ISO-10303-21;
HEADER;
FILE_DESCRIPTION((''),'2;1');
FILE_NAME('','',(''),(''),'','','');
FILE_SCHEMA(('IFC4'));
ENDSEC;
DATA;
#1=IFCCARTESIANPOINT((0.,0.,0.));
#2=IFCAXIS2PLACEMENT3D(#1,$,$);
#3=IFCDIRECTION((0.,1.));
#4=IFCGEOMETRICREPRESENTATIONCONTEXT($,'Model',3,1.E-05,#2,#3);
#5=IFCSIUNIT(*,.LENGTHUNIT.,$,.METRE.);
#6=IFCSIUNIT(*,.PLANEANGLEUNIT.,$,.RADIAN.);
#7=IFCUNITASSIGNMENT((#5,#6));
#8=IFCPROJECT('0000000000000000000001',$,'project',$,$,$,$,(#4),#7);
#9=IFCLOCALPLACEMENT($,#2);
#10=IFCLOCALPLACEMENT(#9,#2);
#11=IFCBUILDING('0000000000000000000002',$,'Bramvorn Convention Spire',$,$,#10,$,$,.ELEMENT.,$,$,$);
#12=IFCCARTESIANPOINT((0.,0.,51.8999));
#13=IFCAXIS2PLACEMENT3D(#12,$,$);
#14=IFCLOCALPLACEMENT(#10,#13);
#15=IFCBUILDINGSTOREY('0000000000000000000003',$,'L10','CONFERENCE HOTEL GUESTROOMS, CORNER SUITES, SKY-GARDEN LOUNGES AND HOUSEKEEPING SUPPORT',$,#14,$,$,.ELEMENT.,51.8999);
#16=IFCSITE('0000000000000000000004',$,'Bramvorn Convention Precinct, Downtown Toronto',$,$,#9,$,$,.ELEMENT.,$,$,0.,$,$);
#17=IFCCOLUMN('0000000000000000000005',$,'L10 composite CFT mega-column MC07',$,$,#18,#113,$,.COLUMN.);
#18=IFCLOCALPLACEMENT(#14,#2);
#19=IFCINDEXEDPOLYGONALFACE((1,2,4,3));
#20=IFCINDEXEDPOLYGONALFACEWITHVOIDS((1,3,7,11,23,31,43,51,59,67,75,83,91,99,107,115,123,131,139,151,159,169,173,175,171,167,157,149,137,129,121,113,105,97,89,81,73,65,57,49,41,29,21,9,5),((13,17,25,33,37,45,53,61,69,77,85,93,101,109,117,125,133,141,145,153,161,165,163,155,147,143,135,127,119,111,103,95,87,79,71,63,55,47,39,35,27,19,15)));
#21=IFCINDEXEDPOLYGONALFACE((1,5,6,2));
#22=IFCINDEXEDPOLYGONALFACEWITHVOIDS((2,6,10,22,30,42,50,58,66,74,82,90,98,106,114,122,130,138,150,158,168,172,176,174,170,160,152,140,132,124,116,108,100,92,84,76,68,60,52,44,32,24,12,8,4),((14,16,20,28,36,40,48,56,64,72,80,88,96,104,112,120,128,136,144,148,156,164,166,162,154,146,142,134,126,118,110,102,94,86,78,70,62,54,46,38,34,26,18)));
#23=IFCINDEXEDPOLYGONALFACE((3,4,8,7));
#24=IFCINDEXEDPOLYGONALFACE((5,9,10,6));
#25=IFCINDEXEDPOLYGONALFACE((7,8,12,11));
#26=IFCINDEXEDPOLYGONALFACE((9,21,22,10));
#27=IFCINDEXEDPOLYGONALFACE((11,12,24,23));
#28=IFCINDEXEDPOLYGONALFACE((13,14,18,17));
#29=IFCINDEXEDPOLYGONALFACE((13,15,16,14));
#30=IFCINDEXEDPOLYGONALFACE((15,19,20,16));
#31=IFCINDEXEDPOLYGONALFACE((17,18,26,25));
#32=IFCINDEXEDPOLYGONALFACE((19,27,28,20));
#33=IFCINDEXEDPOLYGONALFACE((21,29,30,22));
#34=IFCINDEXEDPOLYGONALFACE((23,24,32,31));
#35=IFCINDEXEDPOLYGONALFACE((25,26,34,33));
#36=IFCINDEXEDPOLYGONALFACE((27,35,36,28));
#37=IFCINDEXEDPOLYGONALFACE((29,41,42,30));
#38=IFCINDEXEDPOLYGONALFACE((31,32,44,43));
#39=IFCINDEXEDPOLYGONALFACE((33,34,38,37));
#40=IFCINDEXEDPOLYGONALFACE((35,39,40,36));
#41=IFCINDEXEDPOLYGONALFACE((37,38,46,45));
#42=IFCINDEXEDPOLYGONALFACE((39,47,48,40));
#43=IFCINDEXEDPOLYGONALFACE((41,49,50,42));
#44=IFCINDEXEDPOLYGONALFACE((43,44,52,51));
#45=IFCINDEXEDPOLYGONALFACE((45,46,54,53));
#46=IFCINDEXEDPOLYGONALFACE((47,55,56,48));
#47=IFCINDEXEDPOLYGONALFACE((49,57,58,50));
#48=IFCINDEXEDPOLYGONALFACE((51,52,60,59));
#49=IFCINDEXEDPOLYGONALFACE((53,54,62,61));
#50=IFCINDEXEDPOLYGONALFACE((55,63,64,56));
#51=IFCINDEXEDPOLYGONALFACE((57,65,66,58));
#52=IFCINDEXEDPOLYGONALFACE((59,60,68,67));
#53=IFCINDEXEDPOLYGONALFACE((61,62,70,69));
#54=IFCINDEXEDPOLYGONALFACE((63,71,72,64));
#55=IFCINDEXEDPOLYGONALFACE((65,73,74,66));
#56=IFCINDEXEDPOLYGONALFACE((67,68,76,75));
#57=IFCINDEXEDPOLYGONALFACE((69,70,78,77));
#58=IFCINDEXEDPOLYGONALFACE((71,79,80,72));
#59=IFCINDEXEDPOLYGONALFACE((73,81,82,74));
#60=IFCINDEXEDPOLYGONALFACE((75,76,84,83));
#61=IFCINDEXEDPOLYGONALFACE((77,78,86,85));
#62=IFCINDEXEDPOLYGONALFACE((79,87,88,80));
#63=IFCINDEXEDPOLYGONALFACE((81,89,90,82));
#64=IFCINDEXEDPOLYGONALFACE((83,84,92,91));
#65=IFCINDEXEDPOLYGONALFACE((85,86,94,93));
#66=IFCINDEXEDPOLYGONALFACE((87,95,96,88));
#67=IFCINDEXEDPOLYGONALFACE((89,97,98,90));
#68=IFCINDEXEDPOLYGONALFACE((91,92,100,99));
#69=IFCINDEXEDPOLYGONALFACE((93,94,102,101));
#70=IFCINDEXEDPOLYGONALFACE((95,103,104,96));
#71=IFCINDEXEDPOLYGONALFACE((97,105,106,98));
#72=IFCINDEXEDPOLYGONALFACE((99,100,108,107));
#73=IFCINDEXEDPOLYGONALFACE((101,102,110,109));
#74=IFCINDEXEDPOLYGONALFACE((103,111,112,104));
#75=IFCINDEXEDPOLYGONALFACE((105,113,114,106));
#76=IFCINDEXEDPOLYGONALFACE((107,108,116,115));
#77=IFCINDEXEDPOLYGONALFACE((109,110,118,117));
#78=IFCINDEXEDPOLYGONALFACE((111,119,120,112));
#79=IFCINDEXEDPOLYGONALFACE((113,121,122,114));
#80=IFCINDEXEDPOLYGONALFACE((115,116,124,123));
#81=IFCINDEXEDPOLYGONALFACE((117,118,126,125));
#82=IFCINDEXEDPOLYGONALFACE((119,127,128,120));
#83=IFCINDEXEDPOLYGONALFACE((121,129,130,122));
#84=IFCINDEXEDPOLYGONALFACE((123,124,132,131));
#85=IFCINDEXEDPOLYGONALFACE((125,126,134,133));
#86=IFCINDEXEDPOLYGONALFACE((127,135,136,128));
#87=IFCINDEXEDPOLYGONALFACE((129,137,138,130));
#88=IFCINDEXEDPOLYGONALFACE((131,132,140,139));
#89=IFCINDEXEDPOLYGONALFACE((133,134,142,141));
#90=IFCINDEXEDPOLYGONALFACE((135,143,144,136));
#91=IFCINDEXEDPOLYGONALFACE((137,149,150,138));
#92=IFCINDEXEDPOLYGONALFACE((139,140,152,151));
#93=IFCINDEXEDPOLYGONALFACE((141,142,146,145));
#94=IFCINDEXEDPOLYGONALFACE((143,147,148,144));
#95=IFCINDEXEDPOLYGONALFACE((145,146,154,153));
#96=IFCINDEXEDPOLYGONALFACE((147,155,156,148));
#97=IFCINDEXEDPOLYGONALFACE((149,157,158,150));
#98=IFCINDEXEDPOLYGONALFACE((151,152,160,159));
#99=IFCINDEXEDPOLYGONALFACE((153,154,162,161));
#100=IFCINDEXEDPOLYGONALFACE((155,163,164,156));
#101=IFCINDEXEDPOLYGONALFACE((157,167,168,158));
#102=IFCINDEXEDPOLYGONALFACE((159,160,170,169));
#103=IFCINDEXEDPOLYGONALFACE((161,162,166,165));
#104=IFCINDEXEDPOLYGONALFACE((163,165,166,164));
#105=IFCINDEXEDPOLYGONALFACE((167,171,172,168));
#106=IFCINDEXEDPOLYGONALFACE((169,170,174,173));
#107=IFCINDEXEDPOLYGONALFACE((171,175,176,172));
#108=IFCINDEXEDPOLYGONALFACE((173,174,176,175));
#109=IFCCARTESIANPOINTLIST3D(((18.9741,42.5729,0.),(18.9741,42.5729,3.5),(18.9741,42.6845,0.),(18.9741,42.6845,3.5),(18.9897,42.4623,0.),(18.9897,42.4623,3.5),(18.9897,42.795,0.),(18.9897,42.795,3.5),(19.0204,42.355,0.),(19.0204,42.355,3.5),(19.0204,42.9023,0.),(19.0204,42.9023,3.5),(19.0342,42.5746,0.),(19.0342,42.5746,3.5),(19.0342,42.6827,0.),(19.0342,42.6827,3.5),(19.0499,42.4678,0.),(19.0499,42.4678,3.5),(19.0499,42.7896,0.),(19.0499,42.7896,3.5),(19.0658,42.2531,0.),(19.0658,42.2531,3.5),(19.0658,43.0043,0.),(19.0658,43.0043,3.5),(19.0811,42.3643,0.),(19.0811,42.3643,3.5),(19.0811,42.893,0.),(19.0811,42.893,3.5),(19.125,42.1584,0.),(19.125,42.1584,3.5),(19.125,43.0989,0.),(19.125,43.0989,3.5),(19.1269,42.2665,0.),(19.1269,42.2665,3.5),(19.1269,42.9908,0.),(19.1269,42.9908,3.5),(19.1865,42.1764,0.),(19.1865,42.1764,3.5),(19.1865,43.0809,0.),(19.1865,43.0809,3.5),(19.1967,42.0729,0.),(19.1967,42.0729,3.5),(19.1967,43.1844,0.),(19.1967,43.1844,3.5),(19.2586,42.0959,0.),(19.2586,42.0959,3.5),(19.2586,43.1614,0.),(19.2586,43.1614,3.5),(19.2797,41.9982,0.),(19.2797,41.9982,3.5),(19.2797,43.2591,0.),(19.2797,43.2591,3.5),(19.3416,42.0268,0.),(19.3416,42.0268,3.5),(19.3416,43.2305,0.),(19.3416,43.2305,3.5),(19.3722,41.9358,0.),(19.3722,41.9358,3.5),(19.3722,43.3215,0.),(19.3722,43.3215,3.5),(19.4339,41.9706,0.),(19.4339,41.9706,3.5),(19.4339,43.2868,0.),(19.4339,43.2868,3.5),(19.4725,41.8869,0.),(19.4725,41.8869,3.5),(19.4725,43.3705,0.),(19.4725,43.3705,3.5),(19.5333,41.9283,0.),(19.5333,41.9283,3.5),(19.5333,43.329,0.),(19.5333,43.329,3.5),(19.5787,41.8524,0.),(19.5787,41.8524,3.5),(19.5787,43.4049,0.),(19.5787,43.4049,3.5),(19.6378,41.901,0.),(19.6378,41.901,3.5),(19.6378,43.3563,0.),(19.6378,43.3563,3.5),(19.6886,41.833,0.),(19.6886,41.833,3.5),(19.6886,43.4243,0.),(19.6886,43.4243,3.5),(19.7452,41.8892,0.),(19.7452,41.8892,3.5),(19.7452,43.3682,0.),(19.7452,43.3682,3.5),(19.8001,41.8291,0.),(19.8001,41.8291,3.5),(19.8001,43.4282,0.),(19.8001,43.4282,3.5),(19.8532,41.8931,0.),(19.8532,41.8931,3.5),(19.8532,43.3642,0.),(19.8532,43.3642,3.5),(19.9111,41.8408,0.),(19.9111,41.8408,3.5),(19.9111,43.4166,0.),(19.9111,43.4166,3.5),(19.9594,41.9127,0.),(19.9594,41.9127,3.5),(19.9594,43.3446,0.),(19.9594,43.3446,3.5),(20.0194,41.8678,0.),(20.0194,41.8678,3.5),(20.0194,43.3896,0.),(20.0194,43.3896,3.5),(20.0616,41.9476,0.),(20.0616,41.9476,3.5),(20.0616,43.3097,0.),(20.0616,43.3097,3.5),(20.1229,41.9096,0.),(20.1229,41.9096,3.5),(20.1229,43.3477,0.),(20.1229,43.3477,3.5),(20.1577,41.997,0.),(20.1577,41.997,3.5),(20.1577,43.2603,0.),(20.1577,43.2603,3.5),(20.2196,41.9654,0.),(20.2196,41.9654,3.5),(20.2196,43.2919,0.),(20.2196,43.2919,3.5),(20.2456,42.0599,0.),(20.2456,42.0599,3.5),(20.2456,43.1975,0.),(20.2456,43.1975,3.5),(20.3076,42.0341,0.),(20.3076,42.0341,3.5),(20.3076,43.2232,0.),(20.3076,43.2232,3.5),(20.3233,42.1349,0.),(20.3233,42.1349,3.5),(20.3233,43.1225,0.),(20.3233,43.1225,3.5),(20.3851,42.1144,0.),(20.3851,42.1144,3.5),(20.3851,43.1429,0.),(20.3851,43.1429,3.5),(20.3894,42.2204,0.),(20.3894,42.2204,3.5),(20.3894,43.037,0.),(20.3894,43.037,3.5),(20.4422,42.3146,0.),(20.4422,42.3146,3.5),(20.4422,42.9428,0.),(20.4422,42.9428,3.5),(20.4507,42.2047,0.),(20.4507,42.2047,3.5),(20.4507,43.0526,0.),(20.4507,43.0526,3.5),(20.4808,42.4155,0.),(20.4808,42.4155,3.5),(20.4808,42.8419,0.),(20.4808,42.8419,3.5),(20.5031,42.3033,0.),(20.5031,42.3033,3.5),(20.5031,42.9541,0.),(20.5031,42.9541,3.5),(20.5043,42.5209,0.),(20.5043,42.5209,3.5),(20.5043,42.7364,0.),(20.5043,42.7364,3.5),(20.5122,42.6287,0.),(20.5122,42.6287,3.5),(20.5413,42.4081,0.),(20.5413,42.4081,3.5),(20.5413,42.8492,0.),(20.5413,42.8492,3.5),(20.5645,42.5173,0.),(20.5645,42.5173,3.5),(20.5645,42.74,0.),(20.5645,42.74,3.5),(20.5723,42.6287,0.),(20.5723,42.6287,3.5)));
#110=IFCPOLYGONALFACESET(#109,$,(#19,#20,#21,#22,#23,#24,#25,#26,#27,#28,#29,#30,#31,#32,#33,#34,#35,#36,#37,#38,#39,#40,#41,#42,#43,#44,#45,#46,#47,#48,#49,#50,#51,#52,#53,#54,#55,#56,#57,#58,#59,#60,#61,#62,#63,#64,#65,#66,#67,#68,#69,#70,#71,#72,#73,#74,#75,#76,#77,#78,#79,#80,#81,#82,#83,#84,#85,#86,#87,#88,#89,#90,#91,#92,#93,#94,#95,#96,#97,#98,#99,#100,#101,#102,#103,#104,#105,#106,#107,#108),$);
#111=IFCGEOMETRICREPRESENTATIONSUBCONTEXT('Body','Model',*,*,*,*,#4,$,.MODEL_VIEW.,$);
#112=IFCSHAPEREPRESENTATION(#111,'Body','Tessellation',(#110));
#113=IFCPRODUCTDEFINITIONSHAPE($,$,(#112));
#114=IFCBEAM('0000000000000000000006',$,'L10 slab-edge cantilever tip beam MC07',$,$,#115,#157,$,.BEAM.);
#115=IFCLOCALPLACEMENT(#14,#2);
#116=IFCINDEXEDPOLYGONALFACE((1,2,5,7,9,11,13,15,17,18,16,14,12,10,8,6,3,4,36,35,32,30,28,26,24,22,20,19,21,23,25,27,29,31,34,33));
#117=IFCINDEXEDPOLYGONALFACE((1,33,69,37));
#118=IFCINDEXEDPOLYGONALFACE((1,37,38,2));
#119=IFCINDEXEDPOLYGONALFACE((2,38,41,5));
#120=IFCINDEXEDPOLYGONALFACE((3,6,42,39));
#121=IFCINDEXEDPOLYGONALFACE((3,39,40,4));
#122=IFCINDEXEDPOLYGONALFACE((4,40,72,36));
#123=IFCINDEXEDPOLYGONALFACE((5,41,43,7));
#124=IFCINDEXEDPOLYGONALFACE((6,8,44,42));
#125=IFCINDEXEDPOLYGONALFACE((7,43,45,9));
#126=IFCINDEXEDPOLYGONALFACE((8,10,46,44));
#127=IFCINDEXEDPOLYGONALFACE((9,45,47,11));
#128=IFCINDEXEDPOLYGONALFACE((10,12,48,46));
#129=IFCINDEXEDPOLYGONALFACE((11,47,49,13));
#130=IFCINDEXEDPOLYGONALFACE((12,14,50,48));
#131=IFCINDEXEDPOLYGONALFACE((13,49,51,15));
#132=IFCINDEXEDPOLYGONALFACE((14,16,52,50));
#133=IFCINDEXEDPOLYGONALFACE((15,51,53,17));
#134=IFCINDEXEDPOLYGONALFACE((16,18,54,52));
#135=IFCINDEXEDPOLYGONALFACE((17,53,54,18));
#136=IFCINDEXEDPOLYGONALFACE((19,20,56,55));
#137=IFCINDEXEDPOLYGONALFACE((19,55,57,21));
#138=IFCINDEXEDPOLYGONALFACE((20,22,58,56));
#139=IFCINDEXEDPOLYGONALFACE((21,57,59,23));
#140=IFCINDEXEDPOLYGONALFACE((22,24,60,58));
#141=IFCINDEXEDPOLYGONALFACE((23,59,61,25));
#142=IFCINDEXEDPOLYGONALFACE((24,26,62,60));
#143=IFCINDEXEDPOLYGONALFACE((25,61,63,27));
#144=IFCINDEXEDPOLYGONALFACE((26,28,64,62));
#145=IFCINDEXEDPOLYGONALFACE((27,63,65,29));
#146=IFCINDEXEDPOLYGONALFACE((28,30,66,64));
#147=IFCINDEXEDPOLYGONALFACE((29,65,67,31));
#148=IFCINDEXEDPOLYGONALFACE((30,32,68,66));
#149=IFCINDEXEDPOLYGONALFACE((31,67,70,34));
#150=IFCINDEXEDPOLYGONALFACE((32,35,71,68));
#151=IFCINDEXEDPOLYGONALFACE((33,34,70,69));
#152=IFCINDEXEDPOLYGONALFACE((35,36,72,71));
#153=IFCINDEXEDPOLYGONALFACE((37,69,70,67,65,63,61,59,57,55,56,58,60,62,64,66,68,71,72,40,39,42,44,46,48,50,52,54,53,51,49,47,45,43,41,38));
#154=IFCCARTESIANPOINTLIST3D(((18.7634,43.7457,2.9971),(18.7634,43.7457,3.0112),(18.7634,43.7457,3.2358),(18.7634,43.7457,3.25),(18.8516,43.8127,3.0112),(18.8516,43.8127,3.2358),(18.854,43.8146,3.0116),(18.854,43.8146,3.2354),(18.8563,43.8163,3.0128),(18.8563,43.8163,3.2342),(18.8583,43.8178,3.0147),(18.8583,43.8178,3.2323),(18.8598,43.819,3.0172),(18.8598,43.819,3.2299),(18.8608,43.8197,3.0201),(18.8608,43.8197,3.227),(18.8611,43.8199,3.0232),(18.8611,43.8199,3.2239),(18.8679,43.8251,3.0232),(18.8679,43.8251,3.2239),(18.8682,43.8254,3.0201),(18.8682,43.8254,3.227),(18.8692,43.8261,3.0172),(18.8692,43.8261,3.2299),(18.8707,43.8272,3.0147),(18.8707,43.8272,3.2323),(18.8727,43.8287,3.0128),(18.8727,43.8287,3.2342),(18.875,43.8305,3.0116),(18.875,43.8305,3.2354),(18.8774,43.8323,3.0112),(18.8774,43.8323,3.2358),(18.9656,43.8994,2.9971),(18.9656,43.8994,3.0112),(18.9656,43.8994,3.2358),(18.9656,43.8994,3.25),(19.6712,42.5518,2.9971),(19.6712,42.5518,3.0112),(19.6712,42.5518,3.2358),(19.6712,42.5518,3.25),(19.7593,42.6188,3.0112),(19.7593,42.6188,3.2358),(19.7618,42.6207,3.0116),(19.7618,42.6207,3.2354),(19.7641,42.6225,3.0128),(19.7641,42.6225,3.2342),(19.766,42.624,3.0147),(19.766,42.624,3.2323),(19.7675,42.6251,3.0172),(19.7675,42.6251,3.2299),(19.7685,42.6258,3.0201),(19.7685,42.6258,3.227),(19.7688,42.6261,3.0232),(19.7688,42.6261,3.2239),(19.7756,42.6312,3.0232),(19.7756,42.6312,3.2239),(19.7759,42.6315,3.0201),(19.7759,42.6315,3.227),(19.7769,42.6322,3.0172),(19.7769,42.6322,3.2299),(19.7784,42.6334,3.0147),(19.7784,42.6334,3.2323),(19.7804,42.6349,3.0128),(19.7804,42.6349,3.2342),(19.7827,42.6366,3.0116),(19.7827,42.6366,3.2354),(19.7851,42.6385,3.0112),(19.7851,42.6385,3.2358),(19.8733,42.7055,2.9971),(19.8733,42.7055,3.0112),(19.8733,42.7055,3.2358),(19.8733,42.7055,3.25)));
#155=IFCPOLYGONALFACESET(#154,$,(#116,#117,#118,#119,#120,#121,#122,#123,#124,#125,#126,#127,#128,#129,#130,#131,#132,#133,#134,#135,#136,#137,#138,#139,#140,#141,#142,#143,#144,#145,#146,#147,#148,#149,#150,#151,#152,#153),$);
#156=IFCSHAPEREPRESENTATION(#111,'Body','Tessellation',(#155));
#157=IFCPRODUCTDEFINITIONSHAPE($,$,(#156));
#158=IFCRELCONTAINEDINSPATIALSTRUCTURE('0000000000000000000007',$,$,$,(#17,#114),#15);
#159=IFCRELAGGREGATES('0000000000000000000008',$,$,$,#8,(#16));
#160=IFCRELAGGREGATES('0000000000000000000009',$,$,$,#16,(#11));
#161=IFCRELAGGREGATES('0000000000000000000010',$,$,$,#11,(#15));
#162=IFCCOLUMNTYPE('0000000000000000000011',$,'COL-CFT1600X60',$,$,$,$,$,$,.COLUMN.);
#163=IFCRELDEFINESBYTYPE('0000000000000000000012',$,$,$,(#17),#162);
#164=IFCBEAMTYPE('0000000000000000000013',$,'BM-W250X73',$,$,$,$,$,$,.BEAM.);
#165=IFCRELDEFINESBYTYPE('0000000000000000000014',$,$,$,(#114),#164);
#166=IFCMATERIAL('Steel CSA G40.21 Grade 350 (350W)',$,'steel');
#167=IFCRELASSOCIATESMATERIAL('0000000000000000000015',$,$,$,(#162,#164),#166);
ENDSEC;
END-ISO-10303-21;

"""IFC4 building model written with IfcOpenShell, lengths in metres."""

from ifc_helpers import new_model, si_unit, direction, frame, origin, origin_2d, place, context, subcontext, project, spatial, hollow_circle, i_section, extrude, material, material_profile, profile_set, type_object, element, save


model = new_model("IFC4")

# Units and contexts
model_context = context("Model", 3, precision=1e-05, world=origin(), true_north=direction((0.0, 1.0)))
body_context = subcontext(model_context, "Body", "Model", "MODEL_VIEW")
ifc_project = project(units=[si_unit("LENGTHUNIT", "METRE"), si_unit("PLANEANGLEUNIT", "RADIAN")], contexts=[model_context])

# Site, building, storey
site_placement = place(None, origin())
site = spatial("IfcSite", under=ifc_project, at=site_placement, Name="Bramvorn Convention Precinct, Downtown Toronto", CompositionType="ELEMENT", RefElevation=0.0)
building_placement = place(site_placement, origin())
building = spatial("IfcBuilding", under=site, at=building_placement, Name="Bramvorn Convention Spire", CompositionType="ELEMENT")
storey_placement = place(building_placement, frame((0.0, 0.0, 51.8999)))
storey = spatial("IfcBuildingStorey", under=building, at=storey_placement, Name="L10", Description="CONFERENCE HOTEL GUESTROOMS, CORNER SUITES, SKY-GARDEN LOUNGES AND HOUSEKEEPING SUPPORT", CompositionType="ELEMENT", Elevation=51.8999)

# Column
ifc_material_1 = material(Name="Steel CSA G40.21 Grade 350 (350W)", Category="steel")
ifc_material_profile_1 = material_profile(ifc_material_1, hollow_circle(Radius=0.8, WallThickness=0.0601, at=origin_2d()))
ifc_profile_set_1 = profile_set([ifc_material_profile_1], Name="Steel CSA G40.21 Grade 350 (350W) - CFT1600X60")
column_type = type_object("IfcColumnType", Name="COL-CFT1600X60", PredefinedType="COLUMN", material=ifc_profile_set_1)
column_placement = place(storey_placement, frame((19.7722, 42.6287, 0.0), z_axis=(0.0, 0.0, 1.0), x_axis=(1.0, 0.0, 0.0)))
element("IfcColumn", 1, at=column_placement, inside=storey, type_object=column_type, Name="L10 composite CFT mega-column MC07", PredefinedType="COLUMN", context=body_context, shape_type="SweptSolid", body=[
    extrude(hollow_circle(Radius=0.8, WallThickness=0.0601, at=origin_2d()), origin(), (0.0, 0.0, 1.0), 3.5),
])

# Beam
ifc_material_profile_2 = material_profile(ifc_material_1, i_section(OverallWidth=0.2539, OverallDepth=0.2529, WebThickness=0.0085, FlangeThickness=0.0142, FilletRadius=0.012, at=origin_2d()))
ifc_profile_set_2 = profile_set([ifc_material_profile_2], Name="Steel CSA G40.21 Grade 350 (350W) - W250X73")
beam_type_1 = type_object("IfcBeamType", Name="BM-W250X73", PredefinedType="BEAM", material=ifc_profile_set_2)
beam_1_placement = place(storey_placement, frame((19.7722, 42.6287, 3.1235), z_axis=(-0.605248, 0.796037, 0.0), x_axis=(-0.796037, -0.605248, 0.0)))
element("IfcBeam", 2, at=beam_1_placement, inside=storey, type_object=beam_type_1, Name="L10 slab-edge cantilever tip beam MC07", PredefinedType="BEAM", context=body_context, shape_type="SweptSolid", body=[
    extrude(i_section(OverallWidth=0.2539, OverallDepth=0.2529, WebThickness=0.0085, FlangeThickness=0.0142, FilletRadius=0.012, at=origin_2d()), origin(), (0.0, 0.0, 1.0), 1.4998),
])

save(model, "model.ifc")
